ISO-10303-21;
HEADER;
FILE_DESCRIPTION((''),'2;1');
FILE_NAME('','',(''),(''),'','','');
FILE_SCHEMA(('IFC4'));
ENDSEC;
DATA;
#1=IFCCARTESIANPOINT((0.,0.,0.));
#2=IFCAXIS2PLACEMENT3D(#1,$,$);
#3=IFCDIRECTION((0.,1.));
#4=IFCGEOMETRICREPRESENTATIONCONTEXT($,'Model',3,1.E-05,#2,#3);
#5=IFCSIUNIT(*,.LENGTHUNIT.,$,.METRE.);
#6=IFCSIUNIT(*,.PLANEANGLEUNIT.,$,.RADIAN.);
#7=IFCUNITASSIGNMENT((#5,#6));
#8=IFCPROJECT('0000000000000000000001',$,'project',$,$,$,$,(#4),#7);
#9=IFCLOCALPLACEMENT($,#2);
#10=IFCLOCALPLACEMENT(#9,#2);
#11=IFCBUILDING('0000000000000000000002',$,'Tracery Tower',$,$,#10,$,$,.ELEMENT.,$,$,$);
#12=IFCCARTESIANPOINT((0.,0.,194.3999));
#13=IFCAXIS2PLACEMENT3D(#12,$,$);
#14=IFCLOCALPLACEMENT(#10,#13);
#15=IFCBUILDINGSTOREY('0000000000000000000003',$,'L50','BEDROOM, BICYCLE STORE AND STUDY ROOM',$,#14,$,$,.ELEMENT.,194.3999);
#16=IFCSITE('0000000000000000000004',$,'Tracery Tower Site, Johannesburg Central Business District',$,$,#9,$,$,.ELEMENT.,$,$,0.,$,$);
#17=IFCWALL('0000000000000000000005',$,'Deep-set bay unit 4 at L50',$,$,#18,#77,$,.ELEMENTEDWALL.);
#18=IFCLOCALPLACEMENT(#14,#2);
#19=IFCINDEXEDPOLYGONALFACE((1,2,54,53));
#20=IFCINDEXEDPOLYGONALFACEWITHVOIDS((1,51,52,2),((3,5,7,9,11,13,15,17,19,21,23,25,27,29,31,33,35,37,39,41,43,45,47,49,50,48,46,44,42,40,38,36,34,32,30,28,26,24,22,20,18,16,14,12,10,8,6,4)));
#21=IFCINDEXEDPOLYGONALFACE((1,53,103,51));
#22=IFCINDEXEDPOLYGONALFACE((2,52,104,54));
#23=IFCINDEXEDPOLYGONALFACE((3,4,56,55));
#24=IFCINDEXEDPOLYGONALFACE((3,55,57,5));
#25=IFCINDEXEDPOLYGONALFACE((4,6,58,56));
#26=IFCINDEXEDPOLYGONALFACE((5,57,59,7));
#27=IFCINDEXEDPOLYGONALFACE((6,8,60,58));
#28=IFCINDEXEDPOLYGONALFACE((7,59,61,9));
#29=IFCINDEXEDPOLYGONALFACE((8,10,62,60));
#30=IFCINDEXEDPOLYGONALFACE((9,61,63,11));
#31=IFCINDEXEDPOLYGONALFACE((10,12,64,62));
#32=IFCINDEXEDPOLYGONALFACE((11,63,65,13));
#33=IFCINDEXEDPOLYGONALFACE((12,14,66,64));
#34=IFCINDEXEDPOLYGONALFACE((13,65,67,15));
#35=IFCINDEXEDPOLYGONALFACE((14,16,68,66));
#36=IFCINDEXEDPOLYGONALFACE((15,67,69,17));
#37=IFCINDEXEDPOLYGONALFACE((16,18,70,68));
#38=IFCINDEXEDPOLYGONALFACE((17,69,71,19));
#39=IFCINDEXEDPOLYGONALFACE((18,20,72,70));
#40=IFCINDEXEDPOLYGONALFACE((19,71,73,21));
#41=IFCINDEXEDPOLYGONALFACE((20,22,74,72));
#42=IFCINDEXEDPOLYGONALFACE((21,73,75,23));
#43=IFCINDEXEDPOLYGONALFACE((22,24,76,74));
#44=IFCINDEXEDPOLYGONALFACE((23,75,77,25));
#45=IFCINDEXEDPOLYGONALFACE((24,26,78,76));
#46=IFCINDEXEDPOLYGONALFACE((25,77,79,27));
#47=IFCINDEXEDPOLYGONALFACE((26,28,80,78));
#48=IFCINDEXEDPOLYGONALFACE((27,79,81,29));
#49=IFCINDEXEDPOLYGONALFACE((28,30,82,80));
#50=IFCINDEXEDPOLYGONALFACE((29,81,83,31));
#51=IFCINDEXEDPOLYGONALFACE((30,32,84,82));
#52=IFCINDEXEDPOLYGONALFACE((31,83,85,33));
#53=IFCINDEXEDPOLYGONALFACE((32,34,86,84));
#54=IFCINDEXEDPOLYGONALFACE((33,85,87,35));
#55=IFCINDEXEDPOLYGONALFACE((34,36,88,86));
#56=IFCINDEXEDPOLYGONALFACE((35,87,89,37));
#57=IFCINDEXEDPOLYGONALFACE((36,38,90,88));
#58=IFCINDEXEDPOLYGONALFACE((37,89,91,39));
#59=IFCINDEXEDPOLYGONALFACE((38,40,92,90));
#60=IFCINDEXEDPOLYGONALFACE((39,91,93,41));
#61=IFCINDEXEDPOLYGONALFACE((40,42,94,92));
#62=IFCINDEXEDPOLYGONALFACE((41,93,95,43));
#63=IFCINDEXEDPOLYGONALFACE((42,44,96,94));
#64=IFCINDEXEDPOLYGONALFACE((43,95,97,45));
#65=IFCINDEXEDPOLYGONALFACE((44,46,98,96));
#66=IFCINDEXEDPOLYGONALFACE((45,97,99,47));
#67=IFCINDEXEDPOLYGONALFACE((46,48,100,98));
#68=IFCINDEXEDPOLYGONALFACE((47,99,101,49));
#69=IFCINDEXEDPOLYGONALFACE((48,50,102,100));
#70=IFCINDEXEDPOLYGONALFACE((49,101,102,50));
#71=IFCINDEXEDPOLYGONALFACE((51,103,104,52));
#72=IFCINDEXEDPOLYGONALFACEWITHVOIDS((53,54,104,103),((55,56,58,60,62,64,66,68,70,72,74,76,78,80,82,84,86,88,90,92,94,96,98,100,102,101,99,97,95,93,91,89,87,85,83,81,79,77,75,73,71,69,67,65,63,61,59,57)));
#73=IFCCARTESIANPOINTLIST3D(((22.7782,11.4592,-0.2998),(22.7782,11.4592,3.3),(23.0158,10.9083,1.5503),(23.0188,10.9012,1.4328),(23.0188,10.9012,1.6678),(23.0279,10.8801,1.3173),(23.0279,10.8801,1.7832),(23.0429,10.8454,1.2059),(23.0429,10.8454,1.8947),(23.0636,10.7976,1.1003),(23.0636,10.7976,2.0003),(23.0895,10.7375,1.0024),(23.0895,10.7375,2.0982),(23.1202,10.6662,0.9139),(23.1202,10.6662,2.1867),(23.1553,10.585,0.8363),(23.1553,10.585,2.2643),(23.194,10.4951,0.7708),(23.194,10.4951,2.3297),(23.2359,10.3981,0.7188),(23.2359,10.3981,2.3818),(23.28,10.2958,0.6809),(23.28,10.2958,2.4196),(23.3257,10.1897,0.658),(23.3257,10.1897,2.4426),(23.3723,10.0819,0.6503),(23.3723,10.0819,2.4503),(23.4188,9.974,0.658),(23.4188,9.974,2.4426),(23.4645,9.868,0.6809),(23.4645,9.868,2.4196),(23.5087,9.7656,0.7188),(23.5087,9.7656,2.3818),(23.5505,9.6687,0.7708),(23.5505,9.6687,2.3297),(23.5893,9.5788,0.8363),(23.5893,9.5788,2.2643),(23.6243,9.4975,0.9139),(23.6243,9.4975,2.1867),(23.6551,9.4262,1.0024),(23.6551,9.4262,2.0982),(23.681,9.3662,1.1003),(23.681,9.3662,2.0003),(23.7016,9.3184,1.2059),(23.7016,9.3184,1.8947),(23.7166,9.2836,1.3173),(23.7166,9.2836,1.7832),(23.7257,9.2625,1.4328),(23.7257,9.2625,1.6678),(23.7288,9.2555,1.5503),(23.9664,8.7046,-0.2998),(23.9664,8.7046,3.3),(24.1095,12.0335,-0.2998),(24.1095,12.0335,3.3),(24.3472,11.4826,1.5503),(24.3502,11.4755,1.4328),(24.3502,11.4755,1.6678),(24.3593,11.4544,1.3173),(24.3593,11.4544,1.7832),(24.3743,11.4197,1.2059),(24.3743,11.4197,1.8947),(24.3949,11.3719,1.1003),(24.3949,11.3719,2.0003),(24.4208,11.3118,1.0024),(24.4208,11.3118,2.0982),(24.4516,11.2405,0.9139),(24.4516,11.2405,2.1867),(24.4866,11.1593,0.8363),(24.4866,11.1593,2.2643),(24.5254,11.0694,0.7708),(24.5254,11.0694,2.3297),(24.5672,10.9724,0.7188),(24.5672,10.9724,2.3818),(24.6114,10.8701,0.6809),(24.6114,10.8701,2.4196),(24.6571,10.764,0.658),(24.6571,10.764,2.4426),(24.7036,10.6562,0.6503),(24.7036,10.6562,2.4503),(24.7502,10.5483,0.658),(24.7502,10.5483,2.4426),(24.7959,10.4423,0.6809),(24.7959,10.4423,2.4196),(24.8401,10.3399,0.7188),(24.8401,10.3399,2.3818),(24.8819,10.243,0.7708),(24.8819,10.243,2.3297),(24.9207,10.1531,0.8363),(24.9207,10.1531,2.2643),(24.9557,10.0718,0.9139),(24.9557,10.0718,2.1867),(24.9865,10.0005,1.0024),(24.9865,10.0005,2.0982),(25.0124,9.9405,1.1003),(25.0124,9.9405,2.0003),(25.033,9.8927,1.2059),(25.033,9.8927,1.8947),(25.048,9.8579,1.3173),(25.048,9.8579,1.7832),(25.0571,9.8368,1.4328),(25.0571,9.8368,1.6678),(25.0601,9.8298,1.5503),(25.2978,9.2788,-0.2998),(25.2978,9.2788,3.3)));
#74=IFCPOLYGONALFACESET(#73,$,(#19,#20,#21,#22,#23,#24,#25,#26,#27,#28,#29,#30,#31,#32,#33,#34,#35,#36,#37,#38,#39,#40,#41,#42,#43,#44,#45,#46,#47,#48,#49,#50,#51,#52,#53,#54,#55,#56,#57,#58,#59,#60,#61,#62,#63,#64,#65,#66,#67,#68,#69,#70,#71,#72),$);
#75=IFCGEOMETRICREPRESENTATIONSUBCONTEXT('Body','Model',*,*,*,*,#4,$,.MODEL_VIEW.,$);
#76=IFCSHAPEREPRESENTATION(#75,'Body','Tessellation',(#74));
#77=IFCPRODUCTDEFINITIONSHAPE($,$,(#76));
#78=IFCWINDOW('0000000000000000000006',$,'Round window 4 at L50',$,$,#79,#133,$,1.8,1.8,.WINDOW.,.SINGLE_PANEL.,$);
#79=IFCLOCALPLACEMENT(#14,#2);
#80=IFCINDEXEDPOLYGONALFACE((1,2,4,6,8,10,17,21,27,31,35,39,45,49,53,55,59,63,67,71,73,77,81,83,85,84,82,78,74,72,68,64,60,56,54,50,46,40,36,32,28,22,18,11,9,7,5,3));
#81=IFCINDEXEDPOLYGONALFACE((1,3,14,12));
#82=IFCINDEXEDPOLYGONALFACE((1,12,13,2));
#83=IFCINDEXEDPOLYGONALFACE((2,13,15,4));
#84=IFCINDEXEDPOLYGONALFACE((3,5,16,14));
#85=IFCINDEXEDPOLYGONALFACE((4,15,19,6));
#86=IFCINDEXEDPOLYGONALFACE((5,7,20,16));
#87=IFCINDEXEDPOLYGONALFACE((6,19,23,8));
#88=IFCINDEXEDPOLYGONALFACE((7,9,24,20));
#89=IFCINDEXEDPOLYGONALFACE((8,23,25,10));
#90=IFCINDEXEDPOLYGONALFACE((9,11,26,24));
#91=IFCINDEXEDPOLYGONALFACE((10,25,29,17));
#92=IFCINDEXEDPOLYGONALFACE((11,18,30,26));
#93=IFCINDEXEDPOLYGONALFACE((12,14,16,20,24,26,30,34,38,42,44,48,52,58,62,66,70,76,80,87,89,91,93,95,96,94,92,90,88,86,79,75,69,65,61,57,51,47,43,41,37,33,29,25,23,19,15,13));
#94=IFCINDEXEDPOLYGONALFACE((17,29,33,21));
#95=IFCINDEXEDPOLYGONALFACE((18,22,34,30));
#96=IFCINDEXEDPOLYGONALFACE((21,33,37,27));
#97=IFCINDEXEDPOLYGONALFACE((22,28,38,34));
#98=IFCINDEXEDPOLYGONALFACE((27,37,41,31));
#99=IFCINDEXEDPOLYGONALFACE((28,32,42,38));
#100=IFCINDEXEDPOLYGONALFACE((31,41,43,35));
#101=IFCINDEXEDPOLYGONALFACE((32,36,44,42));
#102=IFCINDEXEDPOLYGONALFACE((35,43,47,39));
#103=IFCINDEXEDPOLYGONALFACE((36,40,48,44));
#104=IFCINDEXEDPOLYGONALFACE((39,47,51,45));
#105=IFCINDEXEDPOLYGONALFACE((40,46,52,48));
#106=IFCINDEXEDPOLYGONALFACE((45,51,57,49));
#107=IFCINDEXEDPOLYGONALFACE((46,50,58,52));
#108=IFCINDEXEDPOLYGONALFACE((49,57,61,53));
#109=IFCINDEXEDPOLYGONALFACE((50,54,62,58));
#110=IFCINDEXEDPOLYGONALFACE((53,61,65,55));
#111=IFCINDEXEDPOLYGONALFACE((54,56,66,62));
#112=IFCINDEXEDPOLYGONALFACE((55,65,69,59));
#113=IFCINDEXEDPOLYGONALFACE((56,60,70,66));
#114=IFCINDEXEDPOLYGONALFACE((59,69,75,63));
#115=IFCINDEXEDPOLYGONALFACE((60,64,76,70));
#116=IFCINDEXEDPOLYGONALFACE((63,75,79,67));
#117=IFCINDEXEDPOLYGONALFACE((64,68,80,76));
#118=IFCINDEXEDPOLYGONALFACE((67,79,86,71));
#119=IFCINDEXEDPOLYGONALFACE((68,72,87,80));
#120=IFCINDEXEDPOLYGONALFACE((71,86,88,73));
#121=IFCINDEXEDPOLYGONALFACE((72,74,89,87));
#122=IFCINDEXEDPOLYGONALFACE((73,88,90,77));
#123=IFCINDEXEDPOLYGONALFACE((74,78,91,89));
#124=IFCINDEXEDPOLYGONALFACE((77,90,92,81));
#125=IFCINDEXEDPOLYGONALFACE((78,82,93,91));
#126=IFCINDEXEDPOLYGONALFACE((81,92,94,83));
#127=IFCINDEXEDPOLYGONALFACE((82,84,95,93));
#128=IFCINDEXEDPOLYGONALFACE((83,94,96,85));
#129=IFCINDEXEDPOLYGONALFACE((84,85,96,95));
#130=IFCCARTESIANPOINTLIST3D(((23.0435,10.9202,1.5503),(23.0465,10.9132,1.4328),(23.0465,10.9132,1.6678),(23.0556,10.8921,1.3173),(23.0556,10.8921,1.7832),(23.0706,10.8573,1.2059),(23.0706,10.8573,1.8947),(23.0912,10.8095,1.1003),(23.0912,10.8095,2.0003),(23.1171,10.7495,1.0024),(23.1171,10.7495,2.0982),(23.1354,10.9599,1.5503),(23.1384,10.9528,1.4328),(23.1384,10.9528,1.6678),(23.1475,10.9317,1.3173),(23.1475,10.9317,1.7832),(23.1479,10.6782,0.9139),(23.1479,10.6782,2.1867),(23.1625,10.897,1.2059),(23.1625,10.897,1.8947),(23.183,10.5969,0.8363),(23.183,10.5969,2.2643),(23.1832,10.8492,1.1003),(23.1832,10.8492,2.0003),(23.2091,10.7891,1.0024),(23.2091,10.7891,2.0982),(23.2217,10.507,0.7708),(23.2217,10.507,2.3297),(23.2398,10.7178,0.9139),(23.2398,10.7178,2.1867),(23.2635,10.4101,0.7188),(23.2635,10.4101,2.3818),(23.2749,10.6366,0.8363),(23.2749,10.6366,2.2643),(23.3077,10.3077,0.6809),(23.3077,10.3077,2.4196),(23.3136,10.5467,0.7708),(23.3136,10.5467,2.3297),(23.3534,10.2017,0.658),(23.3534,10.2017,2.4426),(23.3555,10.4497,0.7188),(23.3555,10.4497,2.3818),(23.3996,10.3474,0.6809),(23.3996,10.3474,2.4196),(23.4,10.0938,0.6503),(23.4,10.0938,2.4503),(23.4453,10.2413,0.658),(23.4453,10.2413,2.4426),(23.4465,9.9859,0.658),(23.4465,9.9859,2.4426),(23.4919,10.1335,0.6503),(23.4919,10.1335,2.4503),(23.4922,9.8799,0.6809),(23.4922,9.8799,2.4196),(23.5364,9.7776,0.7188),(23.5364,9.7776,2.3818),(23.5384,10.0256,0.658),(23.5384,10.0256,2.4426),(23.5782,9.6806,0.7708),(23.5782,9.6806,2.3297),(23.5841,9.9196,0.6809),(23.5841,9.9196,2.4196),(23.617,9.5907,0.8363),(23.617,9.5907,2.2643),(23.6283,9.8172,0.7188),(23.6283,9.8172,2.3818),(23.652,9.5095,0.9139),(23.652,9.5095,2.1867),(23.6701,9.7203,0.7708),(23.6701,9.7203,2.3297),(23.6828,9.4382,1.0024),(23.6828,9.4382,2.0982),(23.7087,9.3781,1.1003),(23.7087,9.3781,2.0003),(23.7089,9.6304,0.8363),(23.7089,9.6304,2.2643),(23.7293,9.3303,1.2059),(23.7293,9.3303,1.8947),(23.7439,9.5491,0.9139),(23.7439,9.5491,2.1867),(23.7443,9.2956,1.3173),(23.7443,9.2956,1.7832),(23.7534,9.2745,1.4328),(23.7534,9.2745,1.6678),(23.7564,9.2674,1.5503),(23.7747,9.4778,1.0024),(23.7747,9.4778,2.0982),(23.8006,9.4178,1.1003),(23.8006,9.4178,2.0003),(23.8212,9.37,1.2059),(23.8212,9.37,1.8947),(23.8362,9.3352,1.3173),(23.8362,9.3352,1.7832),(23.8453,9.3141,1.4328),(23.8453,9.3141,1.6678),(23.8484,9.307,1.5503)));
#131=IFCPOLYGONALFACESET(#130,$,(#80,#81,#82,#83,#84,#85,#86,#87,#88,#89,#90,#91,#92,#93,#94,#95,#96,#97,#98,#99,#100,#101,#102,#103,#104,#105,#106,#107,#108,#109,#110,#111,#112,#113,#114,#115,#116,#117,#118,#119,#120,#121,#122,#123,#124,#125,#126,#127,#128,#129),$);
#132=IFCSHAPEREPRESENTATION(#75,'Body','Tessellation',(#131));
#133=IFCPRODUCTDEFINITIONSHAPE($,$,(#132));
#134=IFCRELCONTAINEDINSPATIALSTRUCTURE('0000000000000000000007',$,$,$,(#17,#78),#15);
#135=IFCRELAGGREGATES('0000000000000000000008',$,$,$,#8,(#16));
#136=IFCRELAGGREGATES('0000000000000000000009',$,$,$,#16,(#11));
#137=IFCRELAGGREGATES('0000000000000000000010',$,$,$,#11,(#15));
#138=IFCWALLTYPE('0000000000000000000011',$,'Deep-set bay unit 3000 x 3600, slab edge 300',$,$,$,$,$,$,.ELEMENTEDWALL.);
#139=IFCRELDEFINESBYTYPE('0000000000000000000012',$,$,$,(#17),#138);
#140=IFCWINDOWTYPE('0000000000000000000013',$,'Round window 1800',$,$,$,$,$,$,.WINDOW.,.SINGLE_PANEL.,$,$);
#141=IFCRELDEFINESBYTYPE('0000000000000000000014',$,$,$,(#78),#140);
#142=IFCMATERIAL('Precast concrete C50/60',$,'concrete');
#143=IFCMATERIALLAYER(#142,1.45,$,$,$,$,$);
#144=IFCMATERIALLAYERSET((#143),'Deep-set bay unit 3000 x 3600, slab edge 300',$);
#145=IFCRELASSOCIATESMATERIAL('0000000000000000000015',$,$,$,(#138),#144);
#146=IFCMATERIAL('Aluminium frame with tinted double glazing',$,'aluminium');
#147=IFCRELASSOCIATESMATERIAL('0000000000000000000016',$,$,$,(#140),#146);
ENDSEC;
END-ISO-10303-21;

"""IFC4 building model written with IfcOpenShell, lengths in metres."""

from ifc_helpers import new_model, si_unit, direction, frame, frame_2d, origin, origin_2d, place, context, subcontext, project, spatial, rectangle, circle, extrude, material, layer, layer_set, type_object, element, fill, save


model = new_model("IFC4")

# Units and contexts
model_context = context("Model", 3, precision=1e-05, world=origin(), true_north=direction((0.0, 1.0)))
body_context = subcontext(model_context, "Body", "Model", "MODEL_VIEW")
ifc_project = project(units=[si_unit("LENGTHUNIT", "METRE"), si_unit("PLANEANGLEUNIT", "RADIAN")], contexts=[model_context])

# Site, building, storey
site_placement = place(None, origin())
site = spatial("IfcSite", under=ifc_project, at=site_placement, Name="Tracery Tower Site, Johannesburg Central Business District", CompositionType="ELEMENT", RefElevation=0.0)
building_placement = place(site_placement, origin())
building = spatial("IfcBuilding", under=site, at=building_placement, Name="Tracery Tower", CompositionType="ELEMENT")
storey_placement = place(building_placement, frame((0.0, 0.0, 194.3999)))
storey = spatial("IfcBuildingStorey", under=building, at=storey_placement, Name="L50", Description="BEDROOM, BICYCLE STORE AND STUDY ROOM", CompositionType="ELEMENT", Elevation=194.3999)

# Wall, opening, window
ifc_material_1 = material(Name="Precast concrete C50/60", Category="concrete")
ifc_layer_1 = layer(ifc_material_1, 1.45)
ifc_layer_set_1 = layer_set([ifc_layer_1], Name="Deep-set bay unit 3000 x 3600, slab edge 300")
wall_type_1 = type_object("IfcWallType", Name="Deep-set bay unit 3000 x 3600, slab edge 300", PredefinedType="ELEMENTEDWALL", material=ifc_layer_set_1)
ifc_material_2 = material(Name="Aluminium frame with tinted double glazing", Category="aluminium")
window_type = type_object("IfcWindowType", Name="Round window 1800", PartitioningType="SINGLE_PANEL", PredefinedType="WINDOW", material=ifc_material_2)
wall_1_placement = place(storey_placement, frame((24.6321, 8.9917, -0.2998), z_axis=(0.0, 0.0, 1.0), x_axis=(-0.396079, 0.918216, 0.0)))
wall_1 = element("IfcWall", 1, at=wall_1_placement, inside=storey, type_object=wall_type_1, Name="Deep-set bay unit 4 at L50", PredefinedType="ELEMENTEDWALL", context=body_context, shape_type="SweptSolid", body=[
    extrude(rectangle(XDim=3.0, YDim=1.45, at=frame_2d((1.5, 0.0))), origin(), (0.0, 0.0, 1.0), 3.5999),
])
opening_1_placement = place(wall_1_placement, frame((1.5, 0.0, 1.8501)))
opening_1 = element("IfcOpeningElement", 2, at=opening_1_placement, cuts=wall_1, PredefinedType="OPENING", context=body_context, shape_type="SweptSolid", body=[
    extrude(circle(Radius=0.9, at=origin_2d()), frame((0.0, 0.7349, 0.0), z_axis=(0.0, -1.0, 0.0), x_axis=(1.0, 0.0, 0.0)), (0.0, 0.0, 1.0), 1.47),
])
window_1_placement = place(opening_1_placement, origin())
window_1 = element("IfcWindow", 3, at=window_1_placement, inside=storey, type_object=window_type, Name="Round window 4 at L50", OverallHeight=1.8, OverallWidth=1.8, PartitioningType="SINGLE_PANEL", PredefinedType="WINDOW", context=body_context, shape_type="SweptSolid", body=[
    extrude(circle(Radius=0.9, at=origin_2d()), frame((0.0, 0.6948, 0.0), z_axis=(0.0, -1.0, 0.0), x_axis=(1.0, 0.0, 0.0)), (0.0, 0.0, 1.0), 0.1001),
])
fill(opening_1, window_1)

save(model, "model.ifc")
